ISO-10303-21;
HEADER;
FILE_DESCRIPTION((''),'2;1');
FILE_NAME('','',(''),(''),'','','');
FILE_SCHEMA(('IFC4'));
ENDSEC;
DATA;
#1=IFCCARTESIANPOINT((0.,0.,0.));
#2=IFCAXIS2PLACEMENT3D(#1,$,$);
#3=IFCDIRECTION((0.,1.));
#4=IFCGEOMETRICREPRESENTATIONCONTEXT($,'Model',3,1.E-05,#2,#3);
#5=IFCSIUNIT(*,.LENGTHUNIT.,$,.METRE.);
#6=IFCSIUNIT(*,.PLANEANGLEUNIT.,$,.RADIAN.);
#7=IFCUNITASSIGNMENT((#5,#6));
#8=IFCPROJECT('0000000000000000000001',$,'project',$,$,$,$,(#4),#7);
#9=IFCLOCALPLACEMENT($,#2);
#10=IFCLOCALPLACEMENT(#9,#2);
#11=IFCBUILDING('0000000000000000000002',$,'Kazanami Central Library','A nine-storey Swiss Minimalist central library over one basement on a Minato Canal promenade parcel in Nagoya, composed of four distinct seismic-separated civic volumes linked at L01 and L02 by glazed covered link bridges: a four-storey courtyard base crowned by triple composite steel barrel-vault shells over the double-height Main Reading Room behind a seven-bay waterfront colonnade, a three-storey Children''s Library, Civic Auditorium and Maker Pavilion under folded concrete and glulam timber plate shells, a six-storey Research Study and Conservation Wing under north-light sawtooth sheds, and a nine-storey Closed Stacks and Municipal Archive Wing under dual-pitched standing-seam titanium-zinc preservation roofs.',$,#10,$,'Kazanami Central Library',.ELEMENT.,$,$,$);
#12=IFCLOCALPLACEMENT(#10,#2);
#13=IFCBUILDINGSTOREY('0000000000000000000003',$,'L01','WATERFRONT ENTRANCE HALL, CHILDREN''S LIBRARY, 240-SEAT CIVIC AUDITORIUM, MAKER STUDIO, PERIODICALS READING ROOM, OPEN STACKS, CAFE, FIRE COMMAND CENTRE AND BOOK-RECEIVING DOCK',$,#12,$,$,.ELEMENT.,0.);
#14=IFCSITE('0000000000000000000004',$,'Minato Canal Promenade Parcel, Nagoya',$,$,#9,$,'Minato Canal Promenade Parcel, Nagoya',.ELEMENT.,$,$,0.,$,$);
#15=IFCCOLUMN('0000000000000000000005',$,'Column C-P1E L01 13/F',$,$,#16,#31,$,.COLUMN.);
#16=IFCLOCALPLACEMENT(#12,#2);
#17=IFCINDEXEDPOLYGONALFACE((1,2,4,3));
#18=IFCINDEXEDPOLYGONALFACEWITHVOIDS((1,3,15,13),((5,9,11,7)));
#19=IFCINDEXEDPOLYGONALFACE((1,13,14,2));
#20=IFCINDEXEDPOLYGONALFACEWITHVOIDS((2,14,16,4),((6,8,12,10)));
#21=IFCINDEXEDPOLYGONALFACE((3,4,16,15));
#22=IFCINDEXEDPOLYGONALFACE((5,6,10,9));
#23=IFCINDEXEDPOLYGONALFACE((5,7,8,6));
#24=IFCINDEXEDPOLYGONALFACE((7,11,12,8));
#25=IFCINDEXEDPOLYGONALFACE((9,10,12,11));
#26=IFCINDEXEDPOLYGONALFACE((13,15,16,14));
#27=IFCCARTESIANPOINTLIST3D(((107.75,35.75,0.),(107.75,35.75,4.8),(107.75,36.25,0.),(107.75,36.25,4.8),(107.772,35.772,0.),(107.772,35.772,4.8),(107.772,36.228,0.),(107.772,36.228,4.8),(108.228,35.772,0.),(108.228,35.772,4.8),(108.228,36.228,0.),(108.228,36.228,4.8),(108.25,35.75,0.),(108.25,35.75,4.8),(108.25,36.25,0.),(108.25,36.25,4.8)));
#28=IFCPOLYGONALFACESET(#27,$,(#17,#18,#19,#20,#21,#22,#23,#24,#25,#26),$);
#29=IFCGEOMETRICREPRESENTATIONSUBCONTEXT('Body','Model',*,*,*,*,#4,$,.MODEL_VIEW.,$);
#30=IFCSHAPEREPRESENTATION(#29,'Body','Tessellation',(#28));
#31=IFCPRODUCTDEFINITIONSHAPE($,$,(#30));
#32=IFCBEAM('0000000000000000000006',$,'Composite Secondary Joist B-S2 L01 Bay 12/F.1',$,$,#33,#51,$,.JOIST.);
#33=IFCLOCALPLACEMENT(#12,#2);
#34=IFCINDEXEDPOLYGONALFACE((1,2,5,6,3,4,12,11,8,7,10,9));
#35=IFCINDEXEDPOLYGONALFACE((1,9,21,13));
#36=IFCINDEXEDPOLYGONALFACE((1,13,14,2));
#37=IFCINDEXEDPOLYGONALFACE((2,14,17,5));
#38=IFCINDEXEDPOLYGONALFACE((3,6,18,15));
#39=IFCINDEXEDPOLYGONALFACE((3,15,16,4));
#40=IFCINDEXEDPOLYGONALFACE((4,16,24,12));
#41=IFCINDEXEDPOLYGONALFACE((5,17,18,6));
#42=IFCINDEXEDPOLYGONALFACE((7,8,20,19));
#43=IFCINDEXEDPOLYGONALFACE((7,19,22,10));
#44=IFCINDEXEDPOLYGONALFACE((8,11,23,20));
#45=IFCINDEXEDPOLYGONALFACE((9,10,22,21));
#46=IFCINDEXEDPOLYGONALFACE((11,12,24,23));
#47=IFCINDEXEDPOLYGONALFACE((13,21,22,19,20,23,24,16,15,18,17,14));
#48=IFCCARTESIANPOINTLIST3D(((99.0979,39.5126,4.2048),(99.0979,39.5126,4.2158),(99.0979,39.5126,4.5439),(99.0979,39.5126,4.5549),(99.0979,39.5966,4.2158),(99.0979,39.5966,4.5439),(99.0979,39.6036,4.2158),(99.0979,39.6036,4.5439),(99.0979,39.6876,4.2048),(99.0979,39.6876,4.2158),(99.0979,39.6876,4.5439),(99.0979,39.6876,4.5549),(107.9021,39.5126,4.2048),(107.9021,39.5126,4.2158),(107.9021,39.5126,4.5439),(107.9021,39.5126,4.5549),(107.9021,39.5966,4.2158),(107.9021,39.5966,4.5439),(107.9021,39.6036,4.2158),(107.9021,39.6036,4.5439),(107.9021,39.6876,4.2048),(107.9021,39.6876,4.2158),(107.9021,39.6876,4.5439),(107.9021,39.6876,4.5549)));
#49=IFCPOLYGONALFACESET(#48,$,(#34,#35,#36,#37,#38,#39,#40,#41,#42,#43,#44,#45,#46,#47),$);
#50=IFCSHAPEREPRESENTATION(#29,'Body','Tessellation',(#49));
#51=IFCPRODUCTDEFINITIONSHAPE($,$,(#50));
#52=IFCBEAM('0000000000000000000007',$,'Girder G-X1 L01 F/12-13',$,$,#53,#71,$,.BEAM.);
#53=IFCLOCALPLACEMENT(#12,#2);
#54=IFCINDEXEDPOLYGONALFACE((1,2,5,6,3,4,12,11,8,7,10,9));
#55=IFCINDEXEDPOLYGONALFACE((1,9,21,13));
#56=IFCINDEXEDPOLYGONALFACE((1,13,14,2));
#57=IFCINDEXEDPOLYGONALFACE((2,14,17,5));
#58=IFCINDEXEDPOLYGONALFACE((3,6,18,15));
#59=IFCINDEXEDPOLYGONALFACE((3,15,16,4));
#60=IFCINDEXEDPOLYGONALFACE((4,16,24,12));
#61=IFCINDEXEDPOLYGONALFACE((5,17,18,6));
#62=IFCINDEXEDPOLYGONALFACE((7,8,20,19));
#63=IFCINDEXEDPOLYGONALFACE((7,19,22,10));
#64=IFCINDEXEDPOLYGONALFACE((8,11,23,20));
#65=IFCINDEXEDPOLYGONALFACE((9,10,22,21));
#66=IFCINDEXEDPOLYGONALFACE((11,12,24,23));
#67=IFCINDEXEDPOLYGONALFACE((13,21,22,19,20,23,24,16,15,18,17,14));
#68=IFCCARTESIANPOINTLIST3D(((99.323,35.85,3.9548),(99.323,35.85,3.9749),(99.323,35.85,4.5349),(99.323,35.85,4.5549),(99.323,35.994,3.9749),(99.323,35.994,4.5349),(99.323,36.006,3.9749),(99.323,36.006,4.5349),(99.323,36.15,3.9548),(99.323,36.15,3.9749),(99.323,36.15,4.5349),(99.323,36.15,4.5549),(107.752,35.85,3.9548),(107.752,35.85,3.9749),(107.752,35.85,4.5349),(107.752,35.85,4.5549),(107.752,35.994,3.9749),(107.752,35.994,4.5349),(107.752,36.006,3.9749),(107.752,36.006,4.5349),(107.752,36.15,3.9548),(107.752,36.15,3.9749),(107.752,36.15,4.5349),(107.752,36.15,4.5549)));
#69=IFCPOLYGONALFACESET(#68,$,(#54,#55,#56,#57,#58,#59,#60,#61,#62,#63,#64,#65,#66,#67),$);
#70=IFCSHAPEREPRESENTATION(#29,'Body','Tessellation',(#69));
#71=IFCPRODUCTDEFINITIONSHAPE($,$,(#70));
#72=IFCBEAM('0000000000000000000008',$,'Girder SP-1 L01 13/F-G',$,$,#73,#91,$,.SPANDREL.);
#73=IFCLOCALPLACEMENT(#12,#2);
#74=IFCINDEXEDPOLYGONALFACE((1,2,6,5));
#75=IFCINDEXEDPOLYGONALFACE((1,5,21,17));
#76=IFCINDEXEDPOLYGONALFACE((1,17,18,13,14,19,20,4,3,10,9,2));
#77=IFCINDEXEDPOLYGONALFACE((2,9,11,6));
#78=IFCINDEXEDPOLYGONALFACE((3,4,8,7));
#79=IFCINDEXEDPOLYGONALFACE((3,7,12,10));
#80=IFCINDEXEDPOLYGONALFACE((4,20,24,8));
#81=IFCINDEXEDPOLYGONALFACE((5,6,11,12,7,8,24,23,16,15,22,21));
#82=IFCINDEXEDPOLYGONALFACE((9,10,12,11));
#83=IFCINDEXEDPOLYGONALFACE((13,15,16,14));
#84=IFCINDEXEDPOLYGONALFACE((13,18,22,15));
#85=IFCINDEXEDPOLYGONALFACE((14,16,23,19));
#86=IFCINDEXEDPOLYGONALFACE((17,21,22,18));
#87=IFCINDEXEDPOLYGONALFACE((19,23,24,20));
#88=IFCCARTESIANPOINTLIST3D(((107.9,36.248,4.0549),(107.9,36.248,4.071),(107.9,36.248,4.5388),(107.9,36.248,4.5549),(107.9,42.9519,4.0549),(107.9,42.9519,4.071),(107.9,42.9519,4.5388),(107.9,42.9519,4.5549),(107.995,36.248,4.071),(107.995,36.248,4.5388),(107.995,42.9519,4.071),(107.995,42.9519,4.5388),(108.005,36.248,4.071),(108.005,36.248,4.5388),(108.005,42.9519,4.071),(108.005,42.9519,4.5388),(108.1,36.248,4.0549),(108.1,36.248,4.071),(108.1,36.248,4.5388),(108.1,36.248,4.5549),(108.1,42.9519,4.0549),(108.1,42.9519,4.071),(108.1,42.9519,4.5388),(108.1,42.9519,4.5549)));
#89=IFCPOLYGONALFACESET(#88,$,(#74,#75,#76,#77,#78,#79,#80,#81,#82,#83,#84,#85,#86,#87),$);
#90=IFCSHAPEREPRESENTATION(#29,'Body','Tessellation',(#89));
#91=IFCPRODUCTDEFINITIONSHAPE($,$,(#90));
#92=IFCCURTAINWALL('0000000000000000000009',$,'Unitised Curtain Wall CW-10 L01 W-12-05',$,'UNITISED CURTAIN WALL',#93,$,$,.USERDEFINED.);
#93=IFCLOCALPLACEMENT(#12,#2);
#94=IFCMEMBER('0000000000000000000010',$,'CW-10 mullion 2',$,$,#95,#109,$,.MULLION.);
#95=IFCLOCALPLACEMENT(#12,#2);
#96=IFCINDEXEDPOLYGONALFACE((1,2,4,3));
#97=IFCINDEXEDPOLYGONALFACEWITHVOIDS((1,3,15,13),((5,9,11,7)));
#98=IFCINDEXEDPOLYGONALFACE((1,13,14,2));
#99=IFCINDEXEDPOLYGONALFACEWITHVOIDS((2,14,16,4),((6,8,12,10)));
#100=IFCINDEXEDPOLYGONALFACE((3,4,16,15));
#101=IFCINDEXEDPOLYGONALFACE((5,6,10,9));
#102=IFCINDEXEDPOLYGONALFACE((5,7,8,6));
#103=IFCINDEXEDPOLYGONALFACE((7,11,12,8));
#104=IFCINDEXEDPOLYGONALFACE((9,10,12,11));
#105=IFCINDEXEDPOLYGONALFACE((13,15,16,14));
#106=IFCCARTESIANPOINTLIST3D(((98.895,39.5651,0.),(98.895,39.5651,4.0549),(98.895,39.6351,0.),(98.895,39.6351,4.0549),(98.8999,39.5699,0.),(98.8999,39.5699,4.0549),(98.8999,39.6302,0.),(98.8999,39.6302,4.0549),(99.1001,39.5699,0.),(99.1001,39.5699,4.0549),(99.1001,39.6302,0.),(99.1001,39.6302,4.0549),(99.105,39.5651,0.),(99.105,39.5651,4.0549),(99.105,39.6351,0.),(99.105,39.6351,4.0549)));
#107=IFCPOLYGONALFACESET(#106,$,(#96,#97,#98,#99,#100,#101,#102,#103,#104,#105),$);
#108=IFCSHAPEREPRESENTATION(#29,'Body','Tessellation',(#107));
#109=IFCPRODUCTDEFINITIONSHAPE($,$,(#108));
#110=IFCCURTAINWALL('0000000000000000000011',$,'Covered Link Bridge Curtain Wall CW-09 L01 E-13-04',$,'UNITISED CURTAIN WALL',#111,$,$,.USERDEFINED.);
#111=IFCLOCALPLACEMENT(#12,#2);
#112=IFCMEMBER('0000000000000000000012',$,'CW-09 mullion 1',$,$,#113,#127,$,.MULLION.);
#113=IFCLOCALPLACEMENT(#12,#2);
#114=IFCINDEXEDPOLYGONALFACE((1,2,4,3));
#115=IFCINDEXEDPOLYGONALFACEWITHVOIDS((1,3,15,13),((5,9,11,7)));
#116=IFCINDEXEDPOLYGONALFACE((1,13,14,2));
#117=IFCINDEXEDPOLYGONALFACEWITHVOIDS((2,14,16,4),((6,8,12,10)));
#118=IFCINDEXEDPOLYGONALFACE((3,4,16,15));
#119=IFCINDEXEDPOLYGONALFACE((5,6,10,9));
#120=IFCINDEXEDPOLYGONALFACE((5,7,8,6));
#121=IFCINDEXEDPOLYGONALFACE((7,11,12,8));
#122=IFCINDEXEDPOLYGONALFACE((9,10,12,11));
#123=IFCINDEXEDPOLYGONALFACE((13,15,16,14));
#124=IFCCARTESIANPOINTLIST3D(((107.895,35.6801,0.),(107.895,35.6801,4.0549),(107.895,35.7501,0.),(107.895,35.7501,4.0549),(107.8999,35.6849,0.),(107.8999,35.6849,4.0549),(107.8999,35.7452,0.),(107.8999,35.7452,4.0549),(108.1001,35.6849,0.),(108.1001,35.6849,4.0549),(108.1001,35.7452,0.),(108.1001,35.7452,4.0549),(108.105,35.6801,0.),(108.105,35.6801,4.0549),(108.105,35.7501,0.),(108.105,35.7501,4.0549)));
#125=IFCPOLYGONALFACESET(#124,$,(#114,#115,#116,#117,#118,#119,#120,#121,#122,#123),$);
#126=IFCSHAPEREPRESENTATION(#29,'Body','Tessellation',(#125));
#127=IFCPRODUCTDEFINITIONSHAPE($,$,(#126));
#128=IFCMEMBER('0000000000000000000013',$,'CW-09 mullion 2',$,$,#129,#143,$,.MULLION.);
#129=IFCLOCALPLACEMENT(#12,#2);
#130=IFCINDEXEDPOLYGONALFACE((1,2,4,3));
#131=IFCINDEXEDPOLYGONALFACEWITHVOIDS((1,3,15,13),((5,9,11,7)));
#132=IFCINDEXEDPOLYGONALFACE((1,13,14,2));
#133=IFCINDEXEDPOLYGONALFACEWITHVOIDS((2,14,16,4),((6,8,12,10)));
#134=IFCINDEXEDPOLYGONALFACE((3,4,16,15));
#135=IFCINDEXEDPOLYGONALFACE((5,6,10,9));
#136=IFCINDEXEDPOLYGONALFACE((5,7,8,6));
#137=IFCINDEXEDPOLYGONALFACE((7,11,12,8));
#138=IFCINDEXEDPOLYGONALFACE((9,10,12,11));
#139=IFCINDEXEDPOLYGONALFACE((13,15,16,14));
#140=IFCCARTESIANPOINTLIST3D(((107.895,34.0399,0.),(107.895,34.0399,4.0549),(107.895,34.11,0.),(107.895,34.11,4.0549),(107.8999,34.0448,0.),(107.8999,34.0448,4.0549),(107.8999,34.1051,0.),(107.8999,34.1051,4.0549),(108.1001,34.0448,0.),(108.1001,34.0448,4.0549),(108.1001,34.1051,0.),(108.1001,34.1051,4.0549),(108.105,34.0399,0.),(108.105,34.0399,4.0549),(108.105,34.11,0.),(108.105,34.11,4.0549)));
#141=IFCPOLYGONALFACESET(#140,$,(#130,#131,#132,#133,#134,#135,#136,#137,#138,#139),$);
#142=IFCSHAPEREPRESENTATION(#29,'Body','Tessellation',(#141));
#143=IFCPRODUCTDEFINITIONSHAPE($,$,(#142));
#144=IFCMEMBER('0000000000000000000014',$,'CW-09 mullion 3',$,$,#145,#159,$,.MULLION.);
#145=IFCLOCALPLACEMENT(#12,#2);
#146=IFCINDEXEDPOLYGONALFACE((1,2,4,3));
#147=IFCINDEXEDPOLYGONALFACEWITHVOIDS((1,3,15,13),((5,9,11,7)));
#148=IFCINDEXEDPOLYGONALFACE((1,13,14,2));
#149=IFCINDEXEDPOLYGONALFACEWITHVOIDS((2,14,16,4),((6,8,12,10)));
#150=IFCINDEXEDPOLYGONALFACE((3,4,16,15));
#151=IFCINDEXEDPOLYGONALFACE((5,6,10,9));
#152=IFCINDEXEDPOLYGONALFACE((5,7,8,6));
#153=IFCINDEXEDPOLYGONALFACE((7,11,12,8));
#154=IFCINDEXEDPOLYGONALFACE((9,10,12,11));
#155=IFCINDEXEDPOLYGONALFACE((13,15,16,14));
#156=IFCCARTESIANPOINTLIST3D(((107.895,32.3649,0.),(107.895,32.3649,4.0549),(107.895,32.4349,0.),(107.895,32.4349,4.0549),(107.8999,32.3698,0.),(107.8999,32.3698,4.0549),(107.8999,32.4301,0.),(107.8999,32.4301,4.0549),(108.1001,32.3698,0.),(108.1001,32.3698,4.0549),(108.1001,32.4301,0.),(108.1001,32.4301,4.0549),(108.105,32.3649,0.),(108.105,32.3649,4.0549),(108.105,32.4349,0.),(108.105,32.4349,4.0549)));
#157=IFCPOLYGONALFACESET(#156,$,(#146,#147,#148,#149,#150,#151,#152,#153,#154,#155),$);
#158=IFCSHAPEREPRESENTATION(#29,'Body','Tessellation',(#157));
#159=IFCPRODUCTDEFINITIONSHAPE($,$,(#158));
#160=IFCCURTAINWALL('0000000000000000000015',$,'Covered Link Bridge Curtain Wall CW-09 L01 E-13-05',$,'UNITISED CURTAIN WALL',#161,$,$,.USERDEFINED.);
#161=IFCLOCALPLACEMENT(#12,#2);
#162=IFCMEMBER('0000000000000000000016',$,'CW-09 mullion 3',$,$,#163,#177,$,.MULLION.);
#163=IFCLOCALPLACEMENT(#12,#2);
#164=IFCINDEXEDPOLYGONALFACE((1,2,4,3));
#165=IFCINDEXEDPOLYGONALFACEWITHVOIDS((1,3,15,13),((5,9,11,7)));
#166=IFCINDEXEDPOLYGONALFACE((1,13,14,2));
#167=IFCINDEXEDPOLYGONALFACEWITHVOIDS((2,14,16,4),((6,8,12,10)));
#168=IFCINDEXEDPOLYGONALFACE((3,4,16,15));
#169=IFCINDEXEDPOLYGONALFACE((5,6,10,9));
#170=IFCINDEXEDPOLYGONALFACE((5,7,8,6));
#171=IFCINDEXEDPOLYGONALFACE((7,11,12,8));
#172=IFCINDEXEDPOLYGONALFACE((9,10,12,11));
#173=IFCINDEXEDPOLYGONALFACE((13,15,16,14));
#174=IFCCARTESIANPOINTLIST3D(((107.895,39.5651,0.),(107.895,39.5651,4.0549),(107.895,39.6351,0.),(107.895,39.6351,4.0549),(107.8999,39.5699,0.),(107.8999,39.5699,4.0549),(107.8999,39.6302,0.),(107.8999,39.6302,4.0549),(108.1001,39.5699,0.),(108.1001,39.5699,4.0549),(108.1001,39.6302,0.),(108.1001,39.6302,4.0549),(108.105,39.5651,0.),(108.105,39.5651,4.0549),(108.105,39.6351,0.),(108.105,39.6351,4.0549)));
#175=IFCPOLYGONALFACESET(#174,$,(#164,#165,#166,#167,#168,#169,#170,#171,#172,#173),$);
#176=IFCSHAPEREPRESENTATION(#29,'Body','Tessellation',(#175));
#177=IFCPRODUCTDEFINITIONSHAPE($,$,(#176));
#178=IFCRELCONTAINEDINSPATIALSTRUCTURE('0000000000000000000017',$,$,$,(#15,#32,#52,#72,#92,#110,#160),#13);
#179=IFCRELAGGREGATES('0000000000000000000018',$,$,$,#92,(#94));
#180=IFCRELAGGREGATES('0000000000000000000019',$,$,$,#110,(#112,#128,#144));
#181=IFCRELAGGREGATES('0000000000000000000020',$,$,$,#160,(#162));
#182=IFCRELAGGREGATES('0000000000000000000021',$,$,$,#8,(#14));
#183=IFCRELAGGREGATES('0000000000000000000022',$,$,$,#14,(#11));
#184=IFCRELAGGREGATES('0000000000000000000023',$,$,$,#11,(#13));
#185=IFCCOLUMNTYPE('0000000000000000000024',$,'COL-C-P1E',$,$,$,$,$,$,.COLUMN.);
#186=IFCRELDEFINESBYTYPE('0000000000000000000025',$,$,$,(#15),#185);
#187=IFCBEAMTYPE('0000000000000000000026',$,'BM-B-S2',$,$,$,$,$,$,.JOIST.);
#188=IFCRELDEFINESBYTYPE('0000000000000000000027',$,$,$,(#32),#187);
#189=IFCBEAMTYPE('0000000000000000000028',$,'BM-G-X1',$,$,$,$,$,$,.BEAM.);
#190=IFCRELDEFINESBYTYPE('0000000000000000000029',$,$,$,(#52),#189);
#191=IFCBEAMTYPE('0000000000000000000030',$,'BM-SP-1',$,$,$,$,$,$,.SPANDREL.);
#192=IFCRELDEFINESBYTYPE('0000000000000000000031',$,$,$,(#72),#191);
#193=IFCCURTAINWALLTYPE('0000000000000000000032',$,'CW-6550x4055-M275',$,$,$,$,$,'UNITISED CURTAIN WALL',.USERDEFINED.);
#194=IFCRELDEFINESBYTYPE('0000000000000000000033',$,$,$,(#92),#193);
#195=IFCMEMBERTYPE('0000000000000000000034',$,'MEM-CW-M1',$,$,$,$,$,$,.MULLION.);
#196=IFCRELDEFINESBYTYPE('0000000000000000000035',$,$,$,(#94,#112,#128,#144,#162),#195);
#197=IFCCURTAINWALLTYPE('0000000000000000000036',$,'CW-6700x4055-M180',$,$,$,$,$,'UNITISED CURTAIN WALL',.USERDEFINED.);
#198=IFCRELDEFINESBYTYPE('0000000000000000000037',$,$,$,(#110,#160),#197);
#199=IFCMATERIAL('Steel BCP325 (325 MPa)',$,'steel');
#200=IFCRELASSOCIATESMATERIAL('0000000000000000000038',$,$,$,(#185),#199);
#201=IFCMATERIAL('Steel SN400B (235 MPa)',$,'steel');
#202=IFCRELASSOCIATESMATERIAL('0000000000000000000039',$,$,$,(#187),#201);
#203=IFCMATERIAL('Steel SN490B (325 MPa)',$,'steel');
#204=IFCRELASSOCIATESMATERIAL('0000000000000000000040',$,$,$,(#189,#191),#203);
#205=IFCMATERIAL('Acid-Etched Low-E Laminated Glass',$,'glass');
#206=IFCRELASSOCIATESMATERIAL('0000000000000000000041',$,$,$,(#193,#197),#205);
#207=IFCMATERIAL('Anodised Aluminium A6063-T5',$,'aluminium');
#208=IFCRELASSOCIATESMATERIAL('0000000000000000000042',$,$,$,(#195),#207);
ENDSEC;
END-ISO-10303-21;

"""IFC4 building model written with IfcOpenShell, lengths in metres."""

from ifc_helpers import new_model, si_unit, direction, frame, origin, origin_2d, place, context, subcontext, project, spatial, hollow_rectangle, i_section, extrude, material, material_profile, profile_set, type_object, element, aggregate, save


model = new_model("IFC4")

# Units and contexts
model_context = context("Model", 3, precision=1e-05, world=origin(), true_north=direction((0.0, 1.0)))
body_context = subcontext(model_context, "Body", "Model", "MODEL_VIEW")
ifc_project = project(units=[si_unit("LENGTHUNIT", "METRE"), si_unit("PLANEANGLEUNIT", "RADIAN")], contexts=[model_context])

# Site, building, storey
site_placement = place(None, origin())
site = spatial("IfcSite", under=ifc_project, at=site_placement, Name="Minato Canal Promenade Parcel, Nagoya", LongName="Minato Canal Promenade Parcel, Nagoya", CompositionType="ELEMENT", RefElevation=0.0)
building_placement = place(site_placement, origin())
building = spatial("IfcBuilding", under=site, at=building_placement, Name="Kazanami Central Library", Description="A nine-storey Swiss Minimalist central library over one basement on a Minato Canal promenade parcel in Nagoya, composed of four distinct seismic-separated civic volumes linked at L01 and L02 by glazed covered link bridges: a four-storey courtyard base crowned by triple composite steel barrel-vault shells over the double-height Main Reading Room behind a seven-bay waterfront colonnade, a three-storey Children's Library, Civic Auditorium and Maker Pavilion under folded concrete and glulam timber plate shells, a six-storey Research Study and Conservation Wing under north-light sawtooth sheds, and a nine-storey Closed Stacks and Municipal Archive Wing under dual-pitched standing-seam titanium-zinc preservation roofs.", LongName="Kazanami Central Library", CompositionType="ELEMENT")
storey_placement = place(building_placement, origin())
storey = spatial("IfcBuildingStorey", under=building, at=storey_placement, Name="L01", Description="WATERFRONT ENTRANCE HALL, CHILDREN'S LIBRARY, 240-SEAT CIVIC AUDITORIUM, MAKER STUDIO, PERIODICALS READING ROOM, OPEN STACKS, CAFE, FIRE COMMAND CENTRE AND BOOK-RECEIVING DOCK", CompositionType="ELEMENT", Elevation=0.0)

# Column
ifc_material_1 = material(Name="Steel BCP325 (325 MPa)", Category="steel")
ifc_material_profile_1 = material_profile(ifc_material_1, hollow_rectangle(XDim=0.5, YDim=0.5, WallThickness=0.022, at=origin_2d()), Name="BCP-500x500x22")
ifc_profile_set_1 = profile_set([ifc_material_profile_1], Name="Steel BCP325 (325 MPa)")
column_type = type_object("IfcColumnType", Name="COL-C-P1E", PredefinedType="COLUMN", material=ifc_profile_set_1)
column_placement = place(storey_placement, frame((108.0, 36.0, 0.0), z_axis=(0.0, 0.0, 1.0), x_axis=(1.0, 0.0, 0.0)))
element("IfcColumn", 1, at=column_placement, inside=storey, type_object=column_type, Name="Column C-P1E L01 13/F", PredefinedType="COLUMN", context=body_context, shape_type="SweptSolid", body=[
    extrude(hollow_rectangle(XDim=0.5, YDim=0.5, WallThickness=0.022, at=origin_2d()), origin(), (0.0, 0.0, 1.0), 4.8),
])

# Beams
ifc_material_2 = material(Name="Steel SN400B (235 MPa)", Category="steel")
ifc_material_profile_2 = material_profile(ifc_material_2, i_section(OverallWidth=0.175, OverallDepth=0.3501, WebThickness=0.0071, FlangeThickness=0.011, at=origin_2d()), Name="H-350x175x7x11")
ifc_profile_set_2 = profile_set([ifc_material_profile_2], Name="Steel SN400B (235 MPa)")
beam_type_1 = type_object("IfcBeamType", Name="BM-B-S2", PredefinedType="JOIST", material=ifc_profile_set_2)
beam_1_placement = place(storey_placement, frame((99.0979, 39.6001, 4.3799), z_axis=(1.0, 0.0, 0.0), x_axis=(0.0, 1.0, 0.0)))
element("IfcBeam", 2, at=beam_1_placement, inside=storey, type_object=beam_type_1, Name="Composite Secondary Joist B-S2 L01 Bay 12/F.1", PredefinedType="JOIST", context=body_context, shape_type="SweptSolid", body=[
    extrude(i_section(OverallWidth=0.175, OverallDepth=0.3501, WebThickness=0.0071, FlangeThickness=0.011, at=origin_2d()), origin(), (0.0, 0.0, 1.0), 8.8042),
])
ifc_material_3 = material(Name="Steel SN490B (325 MPa)", Category="steel")
ifc_material_profile_3 = material_profile(ifc_material_3, i_section(OverallWidth=0.3, OverallDepth=0.6001, WebThickness=0.012, FlangeThickness=0.02, at=origin_2d()), Name="H-600x300x12x20")
ifc_profile_set_3 = profile_set([ifc_material_profile_3], Name="Steel SN490B (325 MPa)")
beam_type_2 = type_object("IfcBeamType", Name="BM-G-X1", PredefinedType="BEAM", material=ifc_profile_set_3)
beam_2_placement = place(storey_placement, frame((99.323, 36.0, 4.2549), z_axis=(1.0, 0.0, 0.0), x_axis=(0.0, 1.0, 0.0)))
element("IfcBeam", 3, at=beam_2_placement, inside=storey, type_object=beam_type_2, Name="Girder G-X1 L01 F/12-13", PredefinedType="BEAM", context=body_context, shape_type="SweptSolid", body=[
    extrude(i_section(OverallWidth=0.3, OverallDepth=0.6001, WebThickness=0.012, FlangeThickness=0.02, at=origin_2d()), origin(), (0.0, 0.0, 1.0), 8.429),
])
ifc_material_profile_4 = material_profile(ifc_material_3, i_section(OverallWidth=0.2, OverallDepth=0.5, WebThickness=0.01, FlangeThickness=0.0161, at=origin_2d()), Name="H-500x200x10x16")
ifc_profile_set_4 = profile_set([ifc_material_profile_4], Name="Steel SN490B (325 MPa)")
beam_type_3 = type_object("IfcBeamType", Name="BM-SP-1", PredefinedType="SPANDREL", material=ifc_profile_set_4)
beam_3_placement = place(storey_placement, frame((108.0, 36.248, 4.3049), z_axis=(0.0, 1.0, 0.0), x_axis=(-1.0, 0.0, 0.0)))
element("IfcBeam", 4, at=beam_3_placement, inside=storey, type_object=beam_type_3, Name="Girder SP-1 L01 13/F-G", PredefinedType="SPANDREL", context=body_context, shape_type="SweptSolid", body=[
    extrude(i_section(OverallWidth=0.2, OverallDepth=0.5, WebThickness=0.01, FlangeThickness=0.0161, at=origin_2d()), origin(), (0.0, 0.0, 1.0), 6.7039),
])

# Curtain wall, member
ifc_material_4 = material(Name="Acid-Etched Low-E Laminated Glass", Category="glass")
curtain_wall_type_1 = type_object("IfcCurtainWallType", Name="CW-6550x4055-M275", ElementType="UNITISED CURTAIN WALL", PredefinedType="USERDEFINED", material=ifc_material_4)
curtain_wall_1_placement = place(storey_placement, origin())
curtain_wall_1 = element("IfcCurtainWall", 5, at=curtain_wall_1_placement, inside=storey, type_object=curtain_wall_type_1, Name="Unitised Curtain Wall CW-10 L01 W-12-05", ObjectType="UNITISED CURTAIN WALL", PredefinedType="USERDEFINED")
ifc_material_5 = material(Name="Anodised Aluminium A6063-T5", Category="aluminium")
ifc_material_profile_5 = material_profile(ifc_material_5, hollow_rectangle(XDim=0.0701, YDim=0.21, WallThickness=0.0049, at=origin_2d()), Name="ALU-MULL-70x210x5")
ifc_profile_set_5 = profile_set([ifc_material_profile_5], Name="Anodised Aluminium A6063-T5")
member_type_1 = type_object("IfcMemberType", Name="MEM-CW-M1", PredefinedType="MULLION", material=ifc_profile_set_5)
member_1_placement = place(storey_placement, frame((99.0, 39.6001, 0.0), z_axis=(0.0, 0.0, 1.0), x_axis=(0.0, 1.0, 0.0)))
member_1 = element("IfcMember", 6, at=member_1_placement, type_object=member_type_1, Name="CW-10 mullion 2", PredefinedType="MULLION", context=body_context, shape_type="SweptSolid", body=[
    extrude(hollow_rectangle(XDim=0.0701, YDim=0.21, WallThickness=0.0049, at=origin_2d()), origin(), (0.0, 0.0, 1.0), 4.0549),
])

# Curtain walls, members
curtain_wall_type_2 = type_object("IfcCurtainWallType", Name="CW-6700x4055-M180", ElementType="UNITISED CURTAIN WALL", PredefinedType="USERDEFINED", material=ifc_material_4)
curtain_wall_2_placement = place(storey_placement, origin())
curtain_wall_2 = element("IfcCurtainWall", 7, at=curtain_wall_2_placement, inside=storey, type_object=curtain_wall_type_2, Name="Covered Link Bridge Curtain Wall CW-09 L01 E-13-04", ObjectType="UNITISED CURTAIN WALL", PredefinedType="USERDEFINED")
member_2_placement = place(storey_placement, frame((108.0, 35.7151, 0.0), z_axis=(0.0, 0.0, 1.0), x_axis=(0.0, -1.0, 0.0)))
member_2 = element("IfcMember", 8, at=member_2_placement, type_object=member_type_1, Name="CW-09 mullion 1", PredefinedType="MULLION", context=body_context, shape_type="SweptSolid", body=[
    extrude(hollow_rectangle(XDim=0.0701, YDim=0.21, WallThickness=0.0049, at=origin_2d()), origin(), (0.0, 0.0, 1.0), 4.0549),
])
member_3_placement = place(storey_placement, frame((108.0, 34.075, 0.0), z_axis=(0.0, 0.0, 1.0), x_axis=(0.0, -1.0, 0.0)))
member_3 = element("IfcMember", 9, at=member_3_placement, type_object=member_type_1, Name="CW-09 mullion 2", PredefinedType="MULLION", context=body_context, shape_type="SweptSolid", body=[
    extrude(hollow_rectangle(XDim=0.0701, YDim=0.21, WallThickness=0.0049, at=origin_2d()), origin(), (0.0, 0.0, 1.0), 4.0549),
])
member_4_placement = place(storey_placement, frame((108.0, 32.3999, 0.0), z_axis=(0.0, 0.0, 1.0), x_axis=(0.0, -1.0, 0.0)))
member_4 = element("IfcMember", 10, at=member_4_placement, type_object=member_type_1, Name="CW-09 mullion 3", PredefinedType="MULLION", context=body_context, shape_type="SweptSolid", body=[
    extrude(hollow_rectangle(XDim=0.0701, YDim=0.21, WallThickness=0.0049, at=origin_2d()), origin(), (0.0, 0.0, 1.0), 4.0549),
])
curtain_wall_3_placement = place(storey_placement, origin())
curtain_wall_3 = element("IfcCurtainWall", 11, at=curtain_wall_3_placement, inside=storey, type_object=curtain_wall_type_2, Name="Covered Link Bridge Curtain Wall CW-09 L01 E-13-05", ObjectType="UNITISED CURTAIN WALL", PredefinedType="USERDEFINED")
member_5_placement = place(storey_placement, frame((108.0, 39.6001, 0.0), z_axis=(0.0, 0.0, 1.0), x_axis=(0.0, -1.0, 0.0)))
member_5 = element("IfcMember", 12, at=member_5_placement, type_object=member_type_1, Name="CW-09 mullion 3", PredefinedType="MULLION", context=body_context, shape_type="SweptSolid", body=[
    extrude(hollow_rectangle(XDim=0.0701, YDim=0.21, WallThickness=0.0049, at=origin_2d()), origin(), (0.0, 0.0, 1.0), 4.0549),
])

aggregate(curtain_wall_1, [member_1])
aggregate(curtain_wall_2, [member_2, member_3, member_4])
aggregate(curtain_wall_3, [member_5])

save(model, "model.ifc")
